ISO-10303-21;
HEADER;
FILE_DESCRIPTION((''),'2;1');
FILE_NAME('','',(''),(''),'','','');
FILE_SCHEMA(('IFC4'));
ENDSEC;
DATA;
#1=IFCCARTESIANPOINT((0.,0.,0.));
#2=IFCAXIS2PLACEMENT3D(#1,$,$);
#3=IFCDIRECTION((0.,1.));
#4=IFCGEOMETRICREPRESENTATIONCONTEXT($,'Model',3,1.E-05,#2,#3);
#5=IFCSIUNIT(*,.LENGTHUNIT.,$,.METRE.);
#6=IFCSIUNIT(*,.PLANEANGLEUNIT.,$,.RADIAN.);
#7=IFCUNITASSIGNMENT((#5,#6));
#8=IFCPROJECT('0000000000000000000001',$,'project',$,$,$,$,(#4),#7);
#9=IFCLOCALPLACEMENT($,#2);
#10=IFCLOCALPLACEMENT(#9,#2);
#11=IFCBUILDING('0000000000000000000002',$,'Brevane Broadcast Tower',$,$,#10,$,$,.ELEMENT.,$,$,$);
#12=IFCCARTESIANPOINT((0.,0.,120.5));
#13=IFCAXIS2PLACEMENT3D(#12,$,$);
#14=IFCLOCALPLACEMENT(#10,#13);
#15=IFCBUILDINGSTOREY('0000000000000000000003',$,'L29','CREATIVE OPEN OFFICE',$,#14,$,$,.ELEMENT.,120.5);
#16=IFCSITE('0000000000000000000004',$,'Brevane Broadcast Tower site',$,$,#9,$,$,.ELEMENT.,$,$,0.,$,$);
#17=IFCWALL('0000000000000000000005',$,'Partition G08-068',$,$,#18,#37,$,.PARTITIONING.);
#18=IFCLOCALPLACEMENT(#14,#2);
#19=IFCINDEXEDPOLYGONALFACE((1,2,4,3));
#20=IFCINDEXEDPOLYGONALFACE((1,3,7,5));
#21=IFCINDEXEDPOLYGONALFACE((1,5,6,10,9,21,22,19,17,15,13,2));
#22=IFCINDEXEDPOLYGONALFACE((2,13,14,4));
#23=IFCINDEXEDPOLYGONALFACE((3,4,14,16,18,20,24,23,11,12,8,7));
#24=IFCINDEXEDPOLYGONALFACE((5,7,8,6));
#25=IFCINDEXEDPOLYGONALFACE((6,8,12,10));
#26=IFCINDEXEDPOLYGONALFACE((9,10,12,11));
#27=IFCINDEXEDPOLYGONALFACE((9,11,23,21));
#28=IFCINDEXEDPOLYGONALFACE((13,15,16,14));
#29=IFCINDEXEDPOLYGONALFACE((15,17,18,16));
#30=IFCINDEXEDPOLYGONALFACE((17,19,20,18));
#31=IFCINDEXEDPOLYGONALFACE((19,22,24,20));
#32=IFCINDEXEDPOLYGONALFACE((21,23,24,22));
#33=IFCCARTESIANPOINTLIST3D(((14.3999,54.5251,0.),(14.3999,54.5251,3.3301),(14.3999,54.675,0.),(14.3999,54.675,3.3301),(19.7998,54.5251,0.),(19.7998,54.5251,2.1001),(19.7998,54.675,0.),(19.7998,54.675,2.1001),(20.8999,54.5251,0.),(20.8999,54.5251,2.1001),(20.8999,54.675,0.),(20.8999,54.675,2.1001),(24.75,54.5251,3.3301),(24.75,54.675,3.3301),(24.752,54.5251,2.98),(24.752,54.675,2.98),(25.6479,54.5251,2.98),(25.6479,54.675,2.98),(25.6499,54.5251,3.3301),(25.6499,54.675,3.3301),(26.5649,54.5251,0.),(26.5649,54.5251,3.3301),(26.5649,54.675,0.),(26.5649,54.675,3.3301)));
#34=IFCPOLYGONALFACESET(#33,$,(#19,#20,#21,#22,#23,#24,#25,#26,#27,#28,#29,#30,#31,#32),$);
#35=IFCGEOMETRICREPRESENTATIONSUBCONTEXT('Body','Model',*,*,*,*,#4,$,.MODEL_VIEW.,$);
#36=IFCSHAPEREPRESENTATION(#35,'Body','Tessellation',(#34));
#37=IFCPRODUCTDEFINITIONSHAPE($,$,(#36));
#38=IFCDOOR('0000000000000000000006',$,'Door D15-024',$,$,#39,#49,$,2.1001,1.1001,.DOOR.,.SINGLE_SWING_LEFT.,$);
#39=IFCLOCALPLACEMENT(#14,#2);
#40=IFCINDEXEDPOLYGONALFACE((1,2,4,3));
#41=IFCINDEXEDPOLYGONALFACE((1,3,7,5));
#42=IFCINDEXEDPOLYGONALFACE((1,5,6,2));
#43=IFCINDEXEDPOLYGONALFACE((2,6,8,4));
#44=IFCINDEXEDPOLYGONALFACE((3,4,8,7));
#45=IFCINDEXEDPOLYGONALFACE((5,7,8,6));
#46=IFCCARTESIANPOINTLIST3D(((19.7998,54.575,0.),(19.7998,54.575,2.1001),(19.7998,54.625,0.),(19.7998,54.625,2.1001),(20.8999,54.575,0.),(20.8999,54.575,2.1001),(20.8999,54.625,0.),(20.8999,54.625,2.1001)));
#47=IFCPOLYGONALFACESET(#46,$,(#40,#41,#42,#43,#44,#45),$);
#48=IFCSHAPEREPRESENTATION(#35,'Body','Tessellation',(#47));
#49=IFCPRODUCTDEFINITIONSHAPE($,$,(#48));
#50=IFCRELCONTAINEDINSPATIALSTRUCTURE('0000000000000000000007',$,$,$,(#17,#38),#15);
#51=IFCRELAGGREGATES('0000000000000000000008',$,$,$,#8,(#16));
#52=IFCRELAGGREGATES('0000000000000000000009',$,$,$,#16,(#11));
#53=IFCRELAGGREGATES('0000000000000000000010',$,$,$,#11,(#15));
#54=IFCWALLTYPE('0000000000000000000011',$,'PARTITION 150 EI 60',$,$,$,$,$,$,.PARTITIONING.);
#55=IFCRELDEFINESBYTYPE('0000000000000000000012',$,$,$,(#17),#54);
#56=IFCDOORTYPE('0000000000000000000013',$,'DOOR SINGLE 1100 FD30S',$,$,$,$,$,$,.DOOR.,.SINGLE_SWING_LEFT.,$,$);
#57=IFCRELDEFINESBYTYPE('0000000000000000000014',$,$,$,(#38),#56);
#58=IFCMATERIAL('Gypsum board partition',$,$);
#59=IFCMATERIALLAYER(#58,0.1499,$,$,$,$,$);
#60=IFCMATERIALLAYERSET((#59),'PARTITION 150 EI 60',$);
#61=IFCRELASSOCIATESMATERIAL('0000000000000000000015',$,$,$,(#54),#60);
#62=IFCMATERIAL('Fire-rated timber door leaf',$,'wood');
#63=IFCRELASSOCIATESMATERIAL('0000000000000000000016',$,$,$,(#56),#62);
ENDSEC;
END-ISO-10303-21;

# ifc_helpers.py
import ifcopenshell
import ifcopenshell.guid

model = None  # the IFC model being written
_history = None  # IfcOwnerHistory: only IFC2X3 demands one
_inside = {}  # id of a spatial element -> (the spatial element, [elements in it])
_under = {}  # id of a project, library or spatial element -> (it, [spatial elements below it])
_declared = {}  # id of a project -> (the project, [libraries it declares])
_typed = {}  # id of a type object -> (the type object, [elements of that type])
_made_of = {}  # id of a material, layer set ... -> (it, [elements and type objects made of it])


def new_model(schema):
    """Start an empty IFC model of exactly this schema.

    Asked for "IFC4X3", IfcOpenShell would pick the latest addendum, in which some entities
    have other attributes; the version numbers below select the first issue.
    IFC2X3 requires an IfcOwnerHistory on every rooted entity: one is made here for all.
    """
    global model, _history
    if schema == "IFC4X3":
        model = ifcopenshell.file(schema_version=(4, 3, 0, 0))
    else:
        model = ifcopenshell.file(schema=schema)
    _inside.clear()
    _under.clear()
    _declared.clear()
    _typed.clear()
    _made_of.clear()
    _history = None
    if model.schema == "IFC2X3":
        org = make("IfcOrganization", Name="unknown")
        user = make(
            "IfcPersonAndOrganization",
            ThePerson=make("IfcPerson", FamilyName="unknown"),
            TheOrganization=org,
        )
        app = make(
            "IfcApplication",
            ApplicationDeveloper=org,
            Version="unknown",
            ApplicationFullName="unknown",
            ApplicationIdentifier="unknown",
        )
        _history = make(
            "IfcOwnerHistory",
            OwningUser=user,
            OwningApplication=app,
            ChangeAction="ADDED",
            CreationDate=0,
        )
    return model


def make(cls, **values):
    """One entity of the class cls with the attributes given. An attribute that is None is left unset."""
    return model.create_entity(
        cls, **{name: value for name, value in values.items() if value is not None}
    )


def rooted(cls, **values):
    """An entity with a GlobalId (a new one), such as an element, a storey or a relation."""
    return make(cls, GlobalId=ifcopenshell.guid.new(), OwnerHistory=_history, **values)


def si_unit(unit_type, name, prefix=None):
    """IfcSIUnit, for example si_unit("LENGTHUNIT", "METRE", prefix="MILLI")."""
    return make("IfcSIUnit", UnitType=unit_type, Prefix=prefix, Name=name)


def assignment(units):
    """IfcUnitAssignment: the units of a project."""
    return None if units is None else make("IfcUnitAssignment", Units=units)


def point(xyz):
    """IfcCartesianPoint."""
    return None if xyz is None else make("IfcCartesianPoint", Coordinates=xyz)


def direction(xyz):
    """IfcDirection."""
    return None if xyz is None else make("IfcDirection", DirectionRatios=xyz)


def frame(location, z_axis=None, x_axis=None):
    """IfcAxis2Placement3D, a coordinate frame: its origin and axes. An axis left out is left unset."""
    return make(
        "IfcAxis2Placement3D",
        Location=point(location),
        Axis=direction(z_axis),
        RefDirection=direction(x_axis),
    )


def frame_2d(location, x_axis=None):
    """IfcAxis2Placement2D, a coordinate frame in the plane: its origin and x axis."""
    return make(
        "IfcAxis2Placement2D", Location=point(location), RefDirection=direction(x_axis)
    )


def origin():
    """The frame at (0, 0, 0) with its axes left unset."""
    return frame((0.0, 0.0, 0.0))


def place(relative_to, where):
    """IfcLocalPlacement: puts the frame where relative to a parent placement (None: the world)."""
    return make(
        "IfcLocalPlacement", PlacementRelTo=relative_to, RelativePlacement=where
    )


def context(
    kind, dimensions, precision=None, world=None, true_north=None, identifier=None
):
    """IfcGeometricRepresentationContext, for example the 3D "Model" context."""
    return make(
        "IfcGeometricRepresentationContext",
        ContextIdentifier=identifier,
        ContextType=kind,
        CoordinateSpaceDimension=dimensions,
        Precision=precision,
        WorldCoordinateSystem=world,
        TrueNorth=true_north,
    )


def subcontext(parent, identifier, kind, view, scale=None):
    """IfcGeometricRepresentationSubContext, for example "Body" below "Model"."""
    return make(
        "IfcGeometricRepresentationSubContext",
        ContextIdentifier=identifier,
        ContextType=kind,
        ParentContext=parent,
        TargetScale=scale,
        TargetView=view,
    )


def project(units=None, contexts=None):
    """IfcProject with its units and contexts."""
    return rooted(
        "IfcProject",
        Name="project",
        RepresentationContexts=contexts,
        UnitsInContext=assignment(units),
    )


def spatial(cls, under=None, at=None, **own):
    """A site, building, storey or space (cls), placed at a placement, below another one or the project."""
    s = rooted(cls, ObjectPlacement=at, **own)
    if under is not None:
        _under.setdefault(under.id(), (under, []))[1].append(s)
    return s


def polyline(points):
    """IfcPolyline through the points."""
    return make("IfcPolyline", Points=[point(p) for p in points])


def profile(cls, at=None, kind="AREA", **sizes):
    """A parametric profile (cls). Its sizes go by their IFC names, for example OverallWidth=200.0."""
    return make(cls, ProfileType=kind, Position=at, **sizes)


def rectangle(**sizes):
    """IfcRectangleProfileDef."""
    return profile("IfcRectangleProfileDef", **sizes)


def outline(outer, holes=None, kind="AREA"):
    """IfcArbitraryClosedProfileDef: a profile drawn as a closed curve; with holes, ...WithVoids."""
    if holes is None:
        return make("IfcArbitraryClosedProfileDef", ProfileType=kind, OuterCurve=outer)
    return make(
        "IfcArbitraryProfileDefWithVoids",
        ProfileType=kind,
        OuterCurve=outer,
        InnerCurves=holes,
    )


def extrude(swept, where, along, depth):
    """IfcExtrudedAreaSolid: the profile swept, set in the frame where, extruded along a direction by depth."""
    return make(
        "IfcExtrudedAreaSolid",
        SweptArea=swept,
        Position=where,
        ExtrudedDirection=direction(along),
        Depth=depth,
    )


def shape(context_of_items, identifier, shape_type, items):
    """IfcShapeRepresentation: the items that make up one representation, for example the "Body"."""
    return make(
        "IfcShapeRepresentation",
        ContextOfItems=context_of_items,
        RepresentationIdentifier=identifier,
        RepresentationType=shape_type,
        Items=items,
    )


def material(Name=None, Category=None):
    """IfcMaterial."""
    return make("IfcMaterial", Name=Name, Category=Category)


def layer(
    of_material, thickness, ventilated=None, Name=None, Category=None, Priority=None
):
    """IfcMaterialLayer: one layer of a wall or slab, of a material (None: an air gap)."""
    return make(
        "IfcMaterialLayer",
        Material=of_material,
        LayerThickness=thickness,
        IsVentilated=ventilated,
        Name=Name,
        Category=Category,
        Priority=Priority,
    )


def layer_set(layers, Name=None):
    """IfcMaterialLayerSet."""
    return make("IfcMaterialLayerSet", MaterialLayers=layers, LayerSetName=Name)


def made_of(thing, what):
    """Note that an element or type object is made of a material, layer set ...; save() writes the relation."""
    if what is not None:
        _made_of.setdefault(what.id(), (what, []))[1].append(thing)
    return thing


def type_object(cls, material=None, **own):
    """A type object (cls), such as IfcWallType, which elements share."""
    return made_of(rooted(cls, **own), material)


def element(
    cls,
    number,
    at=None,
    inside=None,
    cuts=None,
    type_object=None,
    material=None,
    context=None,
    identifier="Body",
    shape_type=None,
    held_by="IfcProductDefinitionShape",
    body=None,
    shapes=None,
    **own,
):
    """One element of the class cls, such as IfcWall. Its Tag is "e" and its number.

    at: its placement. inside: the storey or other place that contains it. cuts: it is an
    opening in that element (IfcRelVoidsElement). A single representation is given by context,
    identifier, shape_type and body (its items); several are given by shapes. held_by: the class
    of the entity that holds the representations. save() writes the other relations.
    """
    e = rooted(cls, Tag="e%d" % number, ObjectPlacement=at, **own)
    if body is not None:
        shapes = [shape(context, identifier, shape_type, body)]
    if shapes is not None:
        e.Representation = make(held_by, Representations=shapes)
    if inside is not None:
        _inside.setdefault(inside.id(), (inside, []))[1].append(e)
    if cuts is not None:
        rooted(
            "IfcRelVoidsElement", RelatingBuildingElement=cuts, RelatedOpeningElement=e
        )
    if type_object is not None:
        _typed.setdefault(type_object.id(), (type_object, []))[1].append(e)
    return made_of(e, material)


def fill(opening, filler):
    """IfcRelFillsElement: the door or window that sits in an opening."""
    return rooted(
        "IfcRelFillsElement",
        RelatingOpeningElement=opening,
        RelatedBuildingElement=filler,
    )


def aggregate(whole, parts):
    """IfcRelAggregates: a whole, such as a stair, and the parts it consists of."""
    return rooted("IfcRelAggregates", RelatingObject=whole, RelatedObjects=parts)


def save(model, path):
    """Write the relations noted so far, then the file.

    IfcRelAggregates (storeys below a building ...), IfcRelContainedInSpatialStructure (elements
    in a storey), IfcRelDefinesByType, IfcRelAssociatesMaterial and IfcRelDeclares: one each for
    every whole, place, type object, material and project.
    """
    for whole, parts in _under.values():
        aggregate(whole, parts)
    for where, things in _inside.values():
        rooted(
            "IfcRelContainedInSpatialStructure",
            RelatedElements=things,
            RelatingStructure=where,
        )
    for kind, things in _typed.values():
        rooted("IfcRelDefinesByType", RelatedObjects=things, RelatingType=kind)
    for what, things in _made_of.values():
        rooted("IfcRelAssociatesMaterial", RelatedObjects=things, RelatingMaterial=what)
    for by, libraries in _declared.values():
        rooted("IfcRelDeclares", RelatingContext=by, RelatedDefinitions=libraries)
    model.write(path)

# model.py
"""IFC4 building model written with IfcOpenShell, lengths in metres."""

from ifc_helpers import new_model, si_unit, direction, frame, frame_2d, origin, place, context, subcontext, project, spatial, polyline, rectangle, outline, extrude, material, layer, layer_set, type_object, element, fill, save


model = new_model("IFC4")

# Units and contexts
model_context = context("Model", 3, precision=1e-05, world=origin(), true_north=direction((0.0, 1.0)))
body_context = subcontext(model_context, "Body", "Model", "MODEL_VIEW")
ifc_project = project(units=[si_unit("LENGTHUNIT", "METRE"), si_unit("PLANEANGLEUNIT", "RADIAN")], contexts=[model_context])

# Site, building, storey
site_placement = place(None, origin())
site = spatial("IfcSite", under=ifc_project, at=site_placement, Name="Brevane Broadcast Tower site", CompositionType="ELEMENT", RefElevation=0.0)
building_placement = place(site_placement, origin())
building = spatial("IfcBuilding", under=site, at=building_placement, Name="Brevane Broadcast Tower", CompositionType="ELEMENT")
storey_placement = place(building_placement, frame((0.0, 0.0, 120.5)))
storey = spatial("IfcBuildingStorey", under=building, at=storey_placement, Name="L29", Description="CREATIVE OPEN OFFICE", CompositionType="ELEMENT", Elevation=120.5)

# Shared definitions
ifc_material_1 = material(Name="Gypsum board partition")

# Shared definitions
ifc_layer_1 = layer(ifc_material_1, 0.1499)
ifc_layer_set_1 = layer_set([ifc_layer_1], Name="PARTITION 150 EI 60")
wall_type_1 = type_object("IfcWallType", Name="PARTITION 150 EI 60", PredefinedType="PARTITIONING", material=ifc_layer_set_1)
ifc_material_2 = material(Name="Fire-rated timber door leaf", Category="wood")

# Wall, opening, door
door_type_1 = type_object("IfcDoorType", Name="DOOR SINGLE 1100 FD30S", OperationType="SINGLE_SWING_LEFT", PredefinedType="DOOR", material=ifc_material_2)
wall_1_placement = place(storey_placement, frame((14.3999, 54.6001, 0.0), z_axis=(0.0, 0.0, 1.0), x_axis=(1.0, 0.0, 0.0)))
wall_1 = element("IfcWall", 1, at=wall_1_placement, inside=storey, type_object=wall_type_1, Name="Partition G08-068", PredefinedType="PARTITIONING", context=body_context, shape_type="SweptSolid", body=[
    extrude(outline(polyline([(0.0, 0.0), (12.165, 0.0), (12.165, 3.3301), (11.8999, 3.3301), (11.25, 3.3301), (11.248, 2.98), (10.3521, 2.98), (10.3501, 3.3301), (0.0, 3.3301), (0.0, 0.0)])), frame((0.0, 0.075, 0.0), z_axis=(0.0, -1.0, 0.0), x_axis=(1.0, 0.0, 0.0)), (0.0, 0.0, 1.0), 0.1499),
])
opening_1_placement = place(wall_1_placement, frame((5.3999, 0.0, 0.0)))
opening_1 = element("IfcOpeningElement", 2, at=opening_1_placement, cuts=wall_1, PredefinedType="OPENING", context=body_context, shape_type="SweptSolid", body=[
    extrude(rectangle(XDim=1.1001, YDim=2.1001, at=frame_2d((0.55, 1.05))), frame((0.0, 0.085, 0.0), z_axis=(0.0, -1.0, 0.0), x_axis=(1.0, 0.0, 0.0)), (0.0, 0.0, 1.0), 0.1699),
])
door_1_placement = place(opening_1_placement, origin())
door_1 = element("IfcDoor", 3, at=door_1_placement, inside=storey, type_object=door_type_1, Name="Door D15-024", OperationType="SINGLE_SWING_LEFT", OverallHeight=2.1001, OverallWidth=1.1001, PredefinedType="DOOR", context=body_context, shape_type="SweptSolid", body=[
    extrude(rectangle(XDim=1.1001, YDim=2.1001, at=frame_2d((0.55, 1.05))), frame((0.0, 0.0249, 0.0), z_axis=(0.0, -1.0, 0.0), x_axis=(1.0, 0.0, 0.0)), (0.0, 0.0, 1.0), 0.05),
])
fill(opening_1, door_1)

save(model, "model.ifc")
